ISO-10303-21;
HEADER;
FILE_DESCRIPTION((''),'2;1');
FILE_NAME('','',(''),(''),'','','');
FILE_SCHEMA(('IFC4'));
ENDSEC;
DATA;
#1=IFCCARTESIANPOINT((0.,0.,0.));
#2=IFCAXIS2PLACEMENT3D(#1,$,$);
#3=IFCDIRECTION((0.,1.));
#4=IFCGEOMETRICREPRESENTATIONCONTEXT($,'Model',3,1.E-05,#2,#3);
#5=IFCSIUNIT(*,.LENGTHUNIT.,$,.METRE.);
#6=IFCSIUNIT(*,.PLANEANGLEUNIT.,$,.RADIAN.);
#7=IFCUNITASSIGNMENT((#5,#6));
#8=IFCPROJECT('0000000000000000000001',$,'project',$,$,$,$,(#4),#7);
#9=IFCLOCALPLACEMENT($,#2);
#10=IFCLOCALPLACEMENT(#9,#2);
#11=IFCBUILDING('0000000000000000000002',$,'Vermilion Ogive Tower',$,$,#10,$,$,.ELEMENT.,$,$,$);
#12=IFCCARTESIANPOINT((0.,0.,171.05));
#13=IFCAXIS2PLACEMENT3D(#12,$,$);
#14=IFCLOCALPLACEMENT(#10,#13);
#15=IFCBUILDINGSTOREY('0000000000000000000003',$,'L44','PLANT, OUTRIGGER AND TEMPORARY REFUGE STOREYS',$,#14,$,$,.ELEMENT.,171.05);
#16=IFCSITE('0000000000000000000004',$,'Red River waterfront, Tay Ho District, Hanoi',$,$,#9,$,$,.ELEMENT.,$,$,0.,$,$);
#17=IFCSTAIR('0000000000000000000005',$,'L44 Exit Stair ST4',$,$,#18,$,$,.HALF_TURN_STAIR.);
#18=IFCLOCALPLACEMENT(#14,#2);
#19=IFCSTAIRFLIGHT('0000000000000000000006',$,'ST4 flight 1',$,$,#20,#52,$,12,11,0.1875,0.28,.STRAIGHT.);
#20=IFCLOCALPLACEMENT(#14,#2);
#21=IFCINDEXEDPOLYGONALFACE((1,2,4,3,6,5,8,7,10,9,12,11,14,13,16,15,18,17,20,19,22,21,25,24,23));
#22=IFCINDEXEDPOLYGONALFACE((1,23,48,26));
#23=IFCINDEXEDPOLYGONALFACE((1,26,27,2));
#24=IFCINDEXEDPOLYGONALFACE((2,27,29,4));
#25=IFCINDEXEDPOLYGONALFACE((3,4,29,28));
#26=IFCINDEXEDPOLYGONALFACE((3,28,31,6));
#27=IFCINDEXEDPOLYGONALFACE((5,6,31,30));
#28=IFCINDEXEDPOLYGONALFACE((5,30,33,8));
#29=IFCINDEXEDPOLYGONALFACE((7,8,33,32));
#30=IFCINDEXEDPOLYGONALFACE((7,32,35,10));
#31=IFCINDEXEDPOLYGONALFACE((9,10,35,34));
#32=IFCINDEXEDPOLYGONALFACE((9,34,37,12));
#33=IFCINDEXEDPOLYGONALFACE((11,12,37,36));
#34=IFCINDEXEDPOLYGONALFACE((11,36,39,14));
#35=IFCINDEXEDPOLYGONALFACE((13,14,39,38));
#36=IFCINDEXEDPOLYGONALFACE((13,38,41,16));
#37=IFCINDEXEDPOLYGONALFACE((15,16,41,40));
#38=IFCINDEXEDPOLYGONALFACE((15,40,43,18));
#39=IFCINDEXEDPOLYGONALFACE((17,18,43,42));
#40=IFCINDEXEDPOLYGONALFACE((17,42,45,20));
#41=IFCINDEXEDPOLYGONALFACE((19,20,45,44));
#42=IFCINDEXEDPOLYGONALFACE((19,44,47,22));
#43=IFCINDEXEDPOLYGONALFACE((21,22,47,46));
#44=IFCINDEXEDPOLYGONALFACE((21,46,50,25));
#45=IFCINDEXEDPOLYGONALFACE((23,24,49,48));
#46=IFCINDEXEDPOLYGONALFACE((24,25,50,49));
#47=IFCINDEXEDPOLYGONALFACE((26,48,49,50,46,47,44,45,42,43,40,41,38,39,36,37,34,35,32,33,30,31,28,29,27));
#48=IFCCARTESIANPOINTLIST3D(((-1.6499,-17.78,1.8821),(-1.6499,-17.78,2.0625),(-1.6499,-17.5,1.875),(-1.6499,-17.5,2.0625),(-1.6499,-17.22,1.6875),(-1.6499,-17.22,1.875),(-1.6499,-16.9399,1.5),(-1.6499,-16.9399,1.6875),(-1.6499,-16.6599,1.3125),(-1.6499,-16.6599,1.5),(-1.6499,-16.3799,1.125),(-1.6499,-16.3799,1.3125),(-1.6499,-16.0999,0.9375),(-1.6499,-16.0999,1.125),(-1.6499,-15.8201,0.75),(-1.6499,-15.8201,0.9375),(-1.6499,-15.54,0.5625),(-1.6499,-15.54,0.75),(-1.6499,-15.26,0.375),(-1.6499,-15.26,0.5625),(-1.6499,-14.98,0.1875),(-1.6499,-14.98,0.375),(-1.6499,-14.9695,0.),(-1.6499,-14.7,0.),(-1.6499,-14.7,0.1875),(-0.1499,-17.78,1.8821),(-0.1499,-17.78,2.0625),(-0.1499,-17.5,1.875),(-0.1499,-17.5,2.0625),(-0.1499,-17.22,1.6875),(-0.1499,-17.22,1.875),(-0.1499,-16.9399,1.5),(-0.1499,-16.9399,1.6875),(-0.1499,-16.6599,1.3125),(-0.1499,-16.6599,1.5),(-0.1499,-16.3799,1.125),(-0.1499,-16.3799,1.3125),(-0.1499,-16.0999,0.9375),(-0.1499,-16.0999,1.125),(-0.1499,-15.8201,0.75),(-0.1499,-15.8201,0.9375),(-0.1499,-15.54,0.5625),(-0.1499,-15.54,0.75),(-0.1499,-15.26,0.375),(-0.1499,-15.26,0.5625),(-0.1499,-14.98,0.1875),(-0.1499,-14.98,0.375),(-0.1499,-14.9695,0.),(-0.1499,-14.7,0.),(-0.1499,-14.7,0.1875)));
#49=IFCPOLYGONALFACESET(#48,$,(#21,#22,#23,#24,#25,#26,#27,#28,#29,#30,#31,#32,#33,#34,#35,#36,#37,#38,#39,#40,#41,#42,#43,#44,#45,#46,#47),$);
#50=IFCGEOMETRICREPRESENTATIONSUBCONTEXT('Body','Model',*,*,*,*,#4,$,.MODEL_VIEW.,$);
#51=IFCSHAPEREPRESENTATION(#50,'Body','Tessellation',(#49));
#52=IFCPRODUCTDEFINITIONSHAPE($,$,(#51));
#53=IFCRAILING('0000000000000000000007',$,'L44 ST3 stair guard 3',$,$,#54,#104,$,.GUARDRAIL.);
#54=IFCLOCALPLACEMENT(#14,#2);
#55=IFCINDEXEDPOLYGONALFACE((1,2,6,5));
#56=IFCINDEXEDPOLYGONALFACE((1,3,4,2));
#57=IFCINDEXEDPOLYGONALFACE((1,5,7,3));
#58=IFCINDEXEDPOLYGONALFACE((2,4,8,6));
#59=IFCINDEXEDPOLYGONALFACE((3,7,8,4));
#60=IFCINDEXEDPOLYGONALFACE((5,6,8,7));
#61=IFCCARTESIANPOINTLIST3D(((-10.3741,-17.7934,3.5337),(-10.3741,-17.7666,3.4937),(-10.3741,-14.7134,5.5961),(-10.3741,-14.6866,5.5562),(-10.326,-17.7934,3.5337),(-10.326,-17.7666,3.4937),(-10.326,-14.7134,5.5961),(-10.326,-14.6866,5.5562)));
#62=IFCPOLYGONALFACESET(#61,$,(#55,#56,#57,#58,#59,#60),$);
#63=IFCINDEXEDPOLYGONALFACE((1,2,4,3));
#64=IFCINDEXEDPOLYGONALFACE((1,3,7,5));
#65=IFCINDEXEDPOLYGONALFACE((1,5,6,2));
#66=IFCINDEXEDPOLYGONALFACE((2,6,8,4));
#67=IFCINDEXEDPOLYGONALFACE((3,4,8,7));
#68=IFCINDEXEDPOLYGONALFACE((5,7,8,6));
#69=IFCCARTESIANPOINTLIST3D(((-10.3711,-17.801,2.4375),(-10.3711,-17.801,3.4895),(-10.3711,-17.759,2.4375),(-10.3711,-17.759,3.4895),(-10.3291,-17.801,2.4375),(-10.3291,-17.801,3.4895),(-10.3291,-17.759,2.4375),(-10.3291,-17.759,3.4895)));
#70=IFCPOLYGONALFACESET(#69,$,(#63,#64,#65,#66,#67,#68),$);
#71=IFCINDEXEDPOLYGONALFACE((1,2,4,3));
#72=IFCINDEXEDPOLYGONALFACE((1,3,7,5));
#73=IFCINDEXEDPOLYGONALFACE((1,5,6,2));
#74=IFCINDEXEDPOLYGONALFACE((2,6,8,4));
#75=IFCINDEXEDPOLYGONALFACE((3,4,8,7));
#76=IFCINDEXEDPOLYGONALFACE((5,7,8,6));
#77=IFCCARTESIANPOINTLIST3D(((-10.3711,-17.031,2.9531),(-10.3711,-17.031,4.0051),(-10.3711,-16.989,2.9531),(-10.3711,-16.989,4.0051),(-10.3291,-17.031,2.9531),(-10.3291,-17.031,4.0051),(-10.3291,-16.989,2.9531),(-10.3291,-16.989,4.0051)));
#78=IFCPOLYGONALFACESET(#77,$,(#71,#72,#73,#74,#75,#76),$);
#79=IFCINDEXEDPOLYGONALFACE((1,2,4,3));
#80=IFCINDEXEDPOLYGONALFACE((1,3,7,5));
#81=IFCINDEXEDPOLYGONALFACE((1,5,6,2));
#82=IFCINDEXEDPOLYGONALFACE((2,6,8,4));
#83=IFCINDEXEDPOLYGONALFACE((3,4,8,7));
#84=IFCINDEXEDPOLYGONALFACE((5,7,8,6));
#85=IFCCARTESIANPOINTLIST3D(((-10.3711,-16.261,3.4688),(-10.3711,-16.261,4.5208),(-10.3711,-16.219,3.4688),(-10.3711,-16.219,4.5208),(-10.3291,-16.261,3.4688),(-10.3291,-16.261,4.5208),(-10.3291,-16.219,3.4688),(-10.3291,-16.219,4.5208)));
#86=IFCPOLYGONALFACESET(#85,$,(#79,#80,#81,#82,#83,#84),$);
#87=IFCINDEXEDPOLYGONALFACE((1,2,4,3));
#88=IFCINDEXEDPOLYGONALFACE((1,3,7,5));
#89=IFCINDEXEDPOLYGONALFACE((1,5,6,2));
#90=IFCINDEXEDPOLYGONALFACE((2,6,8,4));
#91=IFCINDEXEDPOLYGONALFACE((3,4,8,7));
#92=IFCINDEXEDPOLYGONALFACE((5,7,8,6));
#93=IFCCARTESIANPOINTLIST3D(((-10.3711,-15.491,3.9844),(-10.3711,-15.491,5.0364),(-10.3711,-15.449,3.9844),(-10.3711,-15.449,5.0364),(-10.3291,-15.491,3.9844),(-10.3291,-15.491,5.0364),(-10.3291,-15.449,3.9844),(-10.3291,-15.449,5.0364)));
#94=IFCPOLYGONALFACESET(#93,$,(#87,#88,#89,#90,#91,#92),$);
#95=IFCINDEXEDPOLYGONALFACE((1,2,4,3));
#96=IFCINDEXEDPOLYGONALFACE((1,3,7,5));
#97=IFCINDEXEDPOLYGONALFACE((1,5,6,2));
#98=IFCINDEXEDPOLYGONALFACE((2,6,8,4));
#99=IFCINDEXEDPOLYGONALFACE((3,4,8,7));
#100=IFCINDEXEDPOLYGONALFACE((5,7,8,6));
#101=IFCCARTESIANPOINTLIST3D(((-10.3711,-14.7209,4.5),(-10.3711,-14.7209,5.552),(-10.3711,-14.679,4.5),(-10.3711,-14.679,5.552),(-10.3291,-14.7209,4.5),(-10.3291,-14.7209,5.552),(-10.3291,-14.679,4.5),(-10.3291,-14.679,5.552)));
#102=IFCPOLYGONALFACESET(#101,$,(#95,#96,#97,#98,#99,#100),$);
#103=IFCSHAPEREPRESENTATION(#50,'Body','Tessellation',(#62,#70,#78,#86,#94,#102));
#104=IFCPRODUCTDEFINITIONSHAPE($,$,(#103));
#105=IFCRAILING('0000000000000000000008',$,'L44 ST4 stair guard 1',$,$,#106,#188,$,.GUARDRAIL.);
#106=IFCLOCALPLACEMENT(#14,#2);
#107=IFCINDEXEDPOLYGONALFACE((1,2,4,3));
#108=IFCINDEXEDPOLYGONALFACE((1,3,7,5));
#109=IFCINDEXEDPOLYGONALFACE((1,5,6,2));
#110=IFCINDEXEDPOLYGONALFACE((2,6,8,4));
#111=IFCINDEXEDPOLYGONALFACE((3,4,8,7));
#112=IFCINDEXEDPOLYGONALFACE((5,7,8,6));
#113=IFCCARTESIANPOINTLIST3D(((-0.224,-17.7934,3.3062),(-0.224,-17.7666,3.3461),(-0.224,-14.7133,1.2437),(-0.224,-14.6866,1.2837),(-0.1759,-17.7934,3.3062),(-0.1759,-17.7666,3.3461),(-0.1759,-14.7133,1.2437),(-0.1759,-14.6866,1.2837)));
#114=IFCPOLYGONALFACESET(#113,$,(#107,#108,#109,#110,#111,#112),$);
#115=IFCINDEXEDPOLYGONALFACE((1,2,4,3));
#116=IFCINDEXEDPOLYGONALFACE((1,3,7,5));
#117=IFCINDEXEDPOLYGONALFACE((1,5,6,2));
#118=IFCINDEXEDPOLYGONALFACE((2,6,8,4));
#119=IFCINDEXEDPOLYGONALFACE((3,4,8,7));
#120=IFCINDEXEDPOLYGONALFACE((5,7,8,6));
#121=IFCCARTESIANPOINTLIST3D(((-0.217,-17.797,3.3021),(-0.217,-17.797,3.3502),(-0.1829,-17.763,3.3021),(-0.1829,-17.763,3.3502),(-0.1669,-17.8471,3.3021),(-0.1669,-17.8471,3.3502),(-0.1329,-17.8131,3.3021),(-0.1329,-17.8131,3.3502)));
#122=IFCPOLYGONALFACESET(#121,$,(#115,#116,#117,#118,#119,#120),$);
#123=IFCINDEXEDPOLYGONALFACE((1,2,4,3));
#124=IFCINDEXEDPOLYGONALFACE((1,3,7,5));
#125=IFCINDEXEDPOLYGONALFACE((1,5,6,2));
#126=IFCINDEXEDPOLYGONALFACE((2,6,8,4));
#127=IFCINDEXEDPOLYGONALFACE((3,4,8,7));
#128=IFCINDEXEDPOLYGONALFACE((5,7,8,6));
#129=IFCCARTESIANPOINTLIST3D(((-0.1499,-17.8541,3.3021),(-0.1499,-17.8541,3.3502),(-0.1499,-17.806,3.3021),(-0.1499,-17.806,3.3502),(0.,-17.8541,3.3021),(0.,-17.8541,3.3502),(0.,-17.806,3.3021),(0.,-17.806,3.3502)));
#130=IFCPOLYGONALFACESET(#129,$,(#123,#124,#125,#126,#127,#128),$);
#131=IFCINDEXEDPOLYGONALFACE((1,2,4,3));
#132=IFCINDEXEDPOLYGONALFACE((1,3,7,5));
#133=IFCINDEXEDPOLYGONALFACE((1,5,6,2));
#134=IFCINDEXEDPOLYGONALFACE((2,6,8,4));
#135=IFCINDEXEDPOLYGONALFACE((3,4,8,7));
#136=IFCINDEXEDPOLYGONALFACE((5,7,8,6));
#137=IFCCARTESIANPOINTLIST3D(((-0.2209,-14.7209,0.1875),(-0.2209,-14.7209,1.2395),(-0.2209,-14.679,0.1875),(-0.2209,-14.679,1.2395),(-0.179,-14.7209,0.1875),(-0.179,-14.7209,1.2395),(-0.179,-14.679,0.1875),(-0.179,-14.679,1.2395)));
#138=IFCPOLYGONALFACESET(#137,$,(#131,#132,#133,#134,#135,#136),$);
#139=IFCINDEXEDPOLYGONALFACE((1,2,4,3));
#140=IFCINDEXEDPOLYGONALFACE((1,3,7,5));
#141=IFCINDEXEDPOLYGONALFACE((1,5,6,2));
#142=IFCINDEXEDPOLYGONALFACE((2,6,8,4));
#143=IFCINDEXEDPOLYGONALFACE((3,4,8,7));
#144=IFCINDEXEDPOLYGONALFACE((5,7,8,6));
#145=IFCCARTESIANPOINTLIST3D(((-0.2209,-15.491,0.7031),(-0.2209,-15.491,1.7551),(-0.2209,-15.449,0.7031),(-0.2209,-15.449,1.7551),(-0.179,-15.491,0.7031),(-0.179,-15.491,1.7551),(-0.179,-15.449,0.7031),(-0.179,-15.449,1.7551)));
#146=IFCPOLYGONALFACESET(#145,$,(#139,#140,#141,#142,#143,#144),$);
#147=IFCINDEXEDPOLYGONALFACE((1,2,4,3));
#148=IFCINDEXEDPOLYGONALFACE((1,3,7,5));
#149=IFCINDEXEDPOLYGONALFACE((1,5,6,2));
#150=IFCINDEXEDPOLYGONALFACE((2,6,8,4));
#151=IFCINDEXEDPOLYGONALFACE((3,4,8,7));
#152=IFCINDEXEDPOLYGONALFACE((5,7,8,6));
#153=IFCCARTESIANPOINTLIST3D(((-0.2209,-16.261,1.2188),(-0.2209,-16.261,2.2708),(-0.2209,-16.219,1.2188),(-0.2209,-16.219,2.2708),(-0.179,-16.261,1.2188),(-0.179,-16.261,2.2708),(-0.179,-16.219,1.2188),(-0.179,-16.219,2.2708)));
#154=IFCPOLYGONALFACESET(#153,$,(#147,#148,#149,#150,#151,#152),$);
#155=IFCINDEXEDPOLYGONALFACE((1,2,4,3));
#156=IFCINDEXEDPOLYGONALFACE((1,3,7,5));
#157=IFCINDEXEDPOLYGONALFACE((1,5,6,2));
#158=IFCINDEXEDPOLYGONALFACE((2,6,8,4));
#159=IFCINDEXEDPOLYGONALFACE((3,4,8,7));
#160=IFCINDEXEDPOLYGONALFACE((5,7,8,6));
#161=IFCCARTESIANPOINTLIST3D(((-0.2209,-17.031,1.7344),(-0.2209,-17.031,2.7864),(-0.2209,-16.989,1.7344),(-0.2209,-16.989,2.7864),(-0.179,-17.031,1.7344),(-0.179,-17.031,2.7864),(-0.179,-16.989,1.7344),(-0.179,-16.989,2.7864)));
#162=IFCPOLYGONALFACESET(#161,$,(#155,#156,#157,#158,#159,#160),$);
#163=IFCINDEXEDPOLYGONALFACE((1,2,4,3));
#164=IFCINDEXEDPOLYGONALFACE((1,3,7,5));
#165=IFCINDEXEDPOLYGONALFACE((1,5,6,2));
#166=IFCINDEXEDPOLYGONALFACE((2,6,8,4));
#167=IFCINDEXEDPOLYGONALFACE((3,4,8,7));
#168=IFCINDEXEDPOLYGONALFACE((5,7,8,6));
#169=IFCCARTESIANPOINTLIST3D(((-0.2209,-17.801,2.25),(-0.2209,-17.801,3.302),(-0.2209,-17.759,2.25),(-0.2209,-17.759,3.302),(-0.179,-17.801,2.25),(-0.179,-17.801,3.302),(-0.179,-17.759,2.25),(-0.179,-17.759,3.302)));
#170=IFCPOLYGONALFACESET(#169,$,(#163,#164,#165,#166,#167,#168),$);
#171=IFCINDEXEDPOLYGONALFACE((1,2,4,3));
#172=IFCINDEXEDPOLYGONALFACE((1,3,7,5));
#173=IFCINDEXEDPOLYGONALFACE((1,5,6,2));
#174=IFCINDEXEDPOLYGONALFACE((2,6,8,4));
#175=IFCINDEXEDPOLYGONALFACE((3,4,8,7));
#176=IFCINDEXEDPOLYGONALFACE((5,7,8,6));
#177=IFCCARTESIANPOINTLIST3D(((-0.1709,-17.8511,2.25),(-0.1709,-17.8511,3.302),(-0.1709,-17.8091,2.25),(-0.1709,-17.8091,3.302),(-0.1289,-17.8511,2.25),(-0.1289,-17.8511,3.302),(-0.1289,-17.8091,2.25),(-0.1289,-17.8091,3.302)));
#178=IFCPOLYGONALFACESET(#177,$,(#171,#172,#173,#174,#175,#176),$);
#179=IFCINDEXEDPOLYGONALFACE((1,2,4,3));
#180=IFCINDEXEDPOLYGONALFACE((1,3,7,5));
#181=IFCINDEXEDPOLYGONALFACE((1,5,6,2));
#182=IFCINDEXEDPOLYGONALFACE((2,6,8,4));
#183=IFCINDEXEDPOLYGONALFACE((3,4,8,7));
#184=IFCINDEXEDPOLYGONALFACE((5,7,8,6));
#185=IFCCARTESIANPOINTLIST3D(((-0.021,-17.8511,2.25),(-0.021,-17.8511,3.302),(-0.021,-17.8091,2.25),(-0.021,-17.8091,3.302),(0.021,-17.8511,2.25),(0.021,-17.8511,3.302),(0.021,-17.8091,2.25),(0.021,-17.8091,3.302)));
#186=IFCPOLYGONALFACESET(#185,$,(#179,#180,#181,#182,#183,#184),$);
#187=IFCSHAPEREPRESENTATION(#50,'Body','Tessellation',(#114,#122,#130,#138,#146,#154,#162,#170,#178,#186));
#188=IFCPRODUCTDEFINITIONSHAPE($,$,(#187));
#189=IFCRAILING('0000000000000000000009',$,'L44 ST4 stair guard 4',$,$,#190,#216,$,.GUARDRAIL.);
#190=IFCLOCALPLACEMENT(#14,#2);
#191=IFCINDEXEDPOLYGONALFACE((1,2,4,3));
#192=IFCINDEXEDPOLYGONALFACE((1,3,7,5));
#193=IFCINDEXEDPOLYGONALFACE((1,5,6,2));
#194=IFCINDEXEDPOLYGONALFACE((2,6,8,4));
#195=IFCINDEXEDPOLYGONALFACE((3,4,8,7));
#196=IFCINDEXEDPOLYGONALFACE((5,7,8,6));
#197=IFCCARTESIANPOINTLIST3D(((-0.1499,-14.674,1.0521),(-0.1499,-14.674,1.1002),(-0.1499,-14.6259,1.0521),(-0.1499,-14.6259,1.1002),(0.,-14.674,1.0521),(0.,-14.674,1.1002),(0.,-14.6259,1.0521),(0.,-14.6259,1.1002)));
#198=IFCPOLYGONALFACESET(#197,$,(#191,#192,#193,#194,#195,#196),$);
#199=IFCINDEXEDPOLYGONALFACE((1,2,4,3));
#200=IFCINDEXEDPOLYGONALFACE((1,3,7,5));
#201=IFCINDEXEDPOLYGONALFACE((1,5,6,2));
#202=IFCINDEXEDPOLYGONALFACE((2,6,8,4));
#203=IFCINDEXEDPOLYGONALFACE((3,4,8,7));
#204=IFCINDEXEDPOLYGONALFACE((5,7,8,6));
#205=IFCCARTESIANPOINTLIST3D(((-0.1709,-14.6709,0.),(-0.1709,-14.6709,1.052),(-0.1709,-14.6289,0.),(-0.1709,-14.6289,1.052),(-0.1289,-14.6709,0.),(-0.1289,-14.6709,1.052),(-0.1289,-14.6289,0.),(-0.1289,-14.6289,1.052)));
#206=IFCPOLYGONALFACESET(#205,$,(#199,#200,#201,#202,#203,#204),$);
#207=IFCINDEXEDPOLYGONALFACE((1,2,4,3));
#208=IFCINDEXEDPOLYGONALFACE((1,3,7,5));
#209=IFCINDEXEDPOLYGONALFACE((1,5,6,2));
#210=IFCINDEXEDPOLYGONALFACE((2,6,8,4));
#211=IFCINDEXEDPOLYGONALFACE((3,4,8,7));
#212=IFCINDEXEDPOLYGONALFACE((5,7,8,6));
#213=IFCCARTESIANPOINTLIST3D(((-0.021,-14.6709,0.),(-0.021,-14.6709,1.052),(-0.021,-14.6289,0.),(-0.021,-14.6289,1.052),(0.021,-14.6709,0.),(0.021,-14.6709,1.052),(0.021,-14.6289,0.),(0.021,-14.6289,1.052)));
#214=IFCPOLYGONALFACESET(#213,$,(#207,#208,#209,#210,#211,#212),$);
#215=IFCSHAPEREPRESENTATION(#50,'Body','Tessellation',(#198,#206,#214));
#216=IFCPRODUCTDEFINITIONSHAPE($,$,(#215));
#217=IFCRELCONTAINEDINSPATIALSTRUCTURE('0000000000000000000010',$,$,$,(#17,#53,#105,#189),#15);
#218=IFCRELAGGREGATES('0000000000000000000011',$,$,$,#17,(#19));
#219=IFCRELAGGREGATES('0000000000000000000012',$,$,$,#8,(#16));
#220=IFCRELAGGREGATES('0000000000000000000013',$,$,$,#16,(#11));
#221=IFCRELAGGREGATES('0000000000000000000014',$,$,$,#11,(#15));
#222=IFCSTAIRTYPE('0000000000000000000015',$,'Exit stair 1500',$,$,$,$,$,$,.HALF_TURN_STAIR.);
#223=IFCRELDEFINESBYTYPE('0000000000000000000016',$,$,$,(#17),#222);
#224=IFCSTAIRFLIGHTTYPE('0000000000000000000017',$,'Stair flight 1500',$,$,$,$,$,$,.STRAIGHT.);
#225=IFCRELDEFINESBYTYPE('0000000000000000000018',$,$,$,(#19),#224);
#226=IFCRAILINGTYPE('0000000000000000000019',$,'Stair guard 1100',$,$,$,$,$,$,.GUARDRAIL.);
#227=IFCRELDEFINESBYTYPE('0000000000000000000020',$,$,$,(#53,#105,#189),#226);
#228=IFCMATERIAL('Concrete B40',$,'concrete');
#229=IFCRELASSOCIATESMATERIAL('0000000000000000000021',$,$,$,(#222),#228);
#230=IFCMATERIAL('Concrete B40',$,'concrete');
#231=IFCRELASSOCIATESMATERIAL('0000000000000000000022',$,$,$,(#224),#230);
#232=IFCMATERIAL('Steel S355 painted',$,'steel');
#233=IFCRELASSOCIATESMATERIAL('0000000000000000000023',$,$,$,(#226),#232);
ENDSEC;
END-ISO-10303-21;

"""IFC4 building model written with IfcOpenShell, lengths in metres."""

from ifc_helpers import new_model, si_unit, direction, frame, origin, origin_2d, place, context, subcontext, project, spatial, polyline, rectangle, outline, extrude, material, type_object, element, aggregate, save


model = new_model("IFC4")

# Units and contexts
model_context = context("Model", 3, precision=1e-05, world=origin(), true_north=direction((0.0, 1.0)))
body_context = subcontext(model_context, "Body", "Model", "MODEL_VIEW")
ifc_project = project(units=[si_unit("LENGTHUNIT", "METRE"), si_unit("PLANEANGLEUNIT", "RADIAN")], contexts=[model_context])

# Site, building, storey
site_placement = place(None, origin())
site = spatial("IfcSite", under=ifc_project, at=site_placement, Name="Red River waterfront, Tay Ho District, Hanoi", CompositionType="ELEMENT", RefElevation=0.0)
building_placement = place(site_placement, origin())
building = spatial("IfcBuilding", under=site, at=building_placement, Name="Vermilion Ogive Tower", CompositionType="ELEMENT")
storey_placement = place(building_placement, frame((0.0, 0.0, 171.05)))
storey = spatial("IfcBuildingStorey", under=building, at=storey_placement, Name="L44", Description="PLANT, OUTRIGGER AND TEMPORARY REFUGE STOREYS", CompositionType="ELEMENT", Elevation=171.05)

# Stair, stair flight
ifc_material_1 = material(Name="Concrete B40", Category="concrete")
stair_type = type_object("IfcStairType", Name="Exit stair 1500", PredefinedType="HALF_TURN_STAIR", material=ifc_material_1)
ifc_material_2 = material(Name="Concrete B40", Category="concrete")
stair_flight_type = type_object("IfcStairFlightType", Name="Stair flight 1500", PredefinedType="STRAIGHT", material=ifc_material_2)
stair_1_placement = place(storey_placement, origin())
stair_1 = element("IfcStair", 1, at=stair_1_placement, inside=storey, type_object=stair_type, Name="L44 Exit Stair ST4", PredefinedType="HALF_TURN_STAIR")
stair_flight_1_placement = place(storey_placement, frame((-0.8999, -14.7, 0.0), z_axis=(0.0, 0.0, 1.0), x_axis=(0.0, -1.0, 0.0)))
stair_flight_1 = element("IfcStairFlight", 2, at=stair_flight_1_placement, type_object=stair_flight_type, Name="ST4 flight 1", NumberOfRisers=12, NumberOfTreads=11, PredefinedType="STRAIGHT", RiserHeight=0.1875, TreadLength=0.28, context=body_context, shape_type="SweptSolid", body=[
    extrude(outline(polyline([(0.0, 0.0), (0.0, 0.1875), (0.28, 0.1875), (0.28, 0.375), (0.5601, 0.375), (0.5601, 0.5625), (0.8401, 0.5625), (0.8401, 0.75), (1.1201, 0.75), (1.1201, 0.9375), (1.3999, 0.9375), (1.3999, 1.125), (1.6799, 1.125), (1.6799, 1.3125), (1.96, 1.3125), (1.96, 1.5), (2.24, 1.5), (2.24, 1.6875), (2.52, 1.6875), (2.52, 1.875), (2.8, 1.875), (2.8, 2.0625), (3.0801, 2.0625), (3.0801, 2.25), (3.0801, 1.8821), (0.2695, 0.0), (0.0, 0.0)])), frame((0.0, 0.75, 0.0), z_axis=(0.0, -1.0, 0.0), x_axis=(1.0, 0.0, 0.0)), (0.0, 0.0, 1.0), 1.5),
])
aggregate(stair_1, [stair_flight_1])

# Railings
ifc_material_3 = material(Name="Steel S355 painted", Category="steel")
railing_type_1 = type_object("IfcRailingType", Name="Stair guard 1100", PredefinedType="GUARDRAIL", material=ifc_material_3)
railing_1_placement = place(storey_placement, frame((-10.3501, -17.78, 2.4375)))
element("IfcRailing", 3, at=railing_1_placement, inside=storey, type_object=railing_type_1, Name="L44 ST3 stair guard 3", PredefinedType="GUARDRAIL", context=body_context, shape_type="SweptSolid", body=[
    extrude(rectangle(XDim=0.0481, YDim=0.0481, at=origin_2d()), frame((0.0, 0.0, 1.0762), z_axis=(0.0, 0.830914, 0.556401), x_axis=(-1.0, 0.0, 0.0)), (0.0, 0.0, 1.0), 3.7068),
    extrude(rectangle(XDim=0.042, YDim=0.042, at=origin_2d()), origin(), (0.0, 0.0, 1.0), 1.052),
    extrude(rectangle(XDim=0.042, YDim=0.042, at=origin_2d()), frame((0.0, 0.77, 0.5156)), (0.0, 0.0, 1.0), 1.052),
    extrude(rectangle(XDim=0.042, YDim=0.042, at=origin_2d()), frame((0.0, 1.54, 1.0312)), (0.0, 0.0, 1.0), 1.052),
    extrude(rectangle(XDim=0.042, YDim=0.042, at=origin_2d()), frame((0.0, 2.3101, 1.5469)), (0.0, 0.0, 1.0), 1.052),
    extrude(rectangle(XDim=0.042, YDim=0.042, at=origin_2d()), frame((0.0, 3.0801, 2.0625)), (0.0, 0.0, 1.0), 1.052),
])
railing_2_placement = place(storey_placement, frame((-0.2, -14.7, 0.1875)))
element("IfcRailing", 4, at=railing_2_placement, inside=storey, type_object=railing_type_1, Name="L44 ST4 stair guard 1", PredefinedType="GUARDRAIL", context=body_context, shape_type="SweptSolid", body=[
    extrude(rectangle(XDim=0.0481, YDim=0.0481, at=origin_2d()), frame((0.0, 0.0, 1.0762), z_axis=(0.0, -0.830914, 0.556401), x_axis=(1.0, 0.0, 0.0)), (0.0, 0.0, 1.0), 3.7068),
    extrude(rectangle(XDim=0.0481, YDim=0.0481, at=origin_2d()), frame((0.0, -3.0801, 3.1387), z_axis=(0.707107, -0.707107, 0.0), x_axis=(0.707107, 0.707107, 0.0)), (0.0, 0.0, 1.0), 0.0708),
    extrude(rectangle(XDim=0.0481, YDim=0.0481, at=origin_2d()), frame((0.05, -3.1301, 3.1387), z_axis=(1.0, 0.0, 0.0), x_axis=(0.0, 1.0, 0.0)), (0.0, 0.0, 1.0), 0.1499),
    extrude(rectangle(XDim=0.042, YDim=0.042, at=origin_2d()), origin(), (0.0, 0.0, 1.0), 1.052),
    extrude(rectangle(XDim=0.042, YDim=0.042, at=origin_2d()), frame((0.0, -0.77, 0.5156)), (0.0, 0.0, 1.0), 1.052),
    extrude(rectangle(XDim=0.042, YDim=0.042, at=origin_2d()), frame((0.0, -1.54, 1.0312)), (0.0, 0.0, 1.0), 1.052),
    extrude(rectangle(XDim=0.042, YDim=0.042, at=origin_2d()), frame((0.0, -2.3101, 1.5469)), (0.0, 0.0, 1.0), 1.052),
    extrude(rectangle(XDim=0.042, YDim=0.042, at=origin_2d()), frame((0.0, -3.0801, 2.0625)), (0.0, 0.0, 1.0), 1.052),
    extrude(rectangle(XDim=0.042, YDim=0.042, at=origin_2d()), frame((0.05, -3.1301, 2.0625)), (0.0, 0.0, 1.0), 1.052),
    extrude(rectangle(XDim=0.042, YDim=0.042, at=origin_2d()), frame((0.2, -3.1301, 2.0625)), (0.0, 0.0, 1.0), 1.052),
])
railing_3_placement = place(storey_placement, frame((-0.1499, -14.6499, 0.0)))
element("IfcRailing", 5, at=railing_3_placement, inside=storey, type_object=railing_type_1, Name="L44 ST4 stair guard 4", PredefinedType="GUARDRAIL", context=body_context, shape_type="SweptSolid", body=[
    extrude(rectangle(XDim=0.0481, YDim=0.0481, at=origin_2d()), frame((0.0, 0.0, 1.0762), z_axis=(1.0, 0.0, 0.0), x_axis=(0.0, 1.0, 0.0)), (0.0, 0.0, 1.0), 0.1499),
    extrude(rectangle(XDim=0.042, YDim=0.042, at=origin_2d()), origin(), (0.0, 0.0, 1.0), 1.052),
    extrude(rectangle(XDim=0.042, YDim=0.042, at=origin_2d()), frame((0.1499, 0.0, 0.0)), (0.0, 0.0, 1.0), 1.052),
])

save(model, "model.ifc")
